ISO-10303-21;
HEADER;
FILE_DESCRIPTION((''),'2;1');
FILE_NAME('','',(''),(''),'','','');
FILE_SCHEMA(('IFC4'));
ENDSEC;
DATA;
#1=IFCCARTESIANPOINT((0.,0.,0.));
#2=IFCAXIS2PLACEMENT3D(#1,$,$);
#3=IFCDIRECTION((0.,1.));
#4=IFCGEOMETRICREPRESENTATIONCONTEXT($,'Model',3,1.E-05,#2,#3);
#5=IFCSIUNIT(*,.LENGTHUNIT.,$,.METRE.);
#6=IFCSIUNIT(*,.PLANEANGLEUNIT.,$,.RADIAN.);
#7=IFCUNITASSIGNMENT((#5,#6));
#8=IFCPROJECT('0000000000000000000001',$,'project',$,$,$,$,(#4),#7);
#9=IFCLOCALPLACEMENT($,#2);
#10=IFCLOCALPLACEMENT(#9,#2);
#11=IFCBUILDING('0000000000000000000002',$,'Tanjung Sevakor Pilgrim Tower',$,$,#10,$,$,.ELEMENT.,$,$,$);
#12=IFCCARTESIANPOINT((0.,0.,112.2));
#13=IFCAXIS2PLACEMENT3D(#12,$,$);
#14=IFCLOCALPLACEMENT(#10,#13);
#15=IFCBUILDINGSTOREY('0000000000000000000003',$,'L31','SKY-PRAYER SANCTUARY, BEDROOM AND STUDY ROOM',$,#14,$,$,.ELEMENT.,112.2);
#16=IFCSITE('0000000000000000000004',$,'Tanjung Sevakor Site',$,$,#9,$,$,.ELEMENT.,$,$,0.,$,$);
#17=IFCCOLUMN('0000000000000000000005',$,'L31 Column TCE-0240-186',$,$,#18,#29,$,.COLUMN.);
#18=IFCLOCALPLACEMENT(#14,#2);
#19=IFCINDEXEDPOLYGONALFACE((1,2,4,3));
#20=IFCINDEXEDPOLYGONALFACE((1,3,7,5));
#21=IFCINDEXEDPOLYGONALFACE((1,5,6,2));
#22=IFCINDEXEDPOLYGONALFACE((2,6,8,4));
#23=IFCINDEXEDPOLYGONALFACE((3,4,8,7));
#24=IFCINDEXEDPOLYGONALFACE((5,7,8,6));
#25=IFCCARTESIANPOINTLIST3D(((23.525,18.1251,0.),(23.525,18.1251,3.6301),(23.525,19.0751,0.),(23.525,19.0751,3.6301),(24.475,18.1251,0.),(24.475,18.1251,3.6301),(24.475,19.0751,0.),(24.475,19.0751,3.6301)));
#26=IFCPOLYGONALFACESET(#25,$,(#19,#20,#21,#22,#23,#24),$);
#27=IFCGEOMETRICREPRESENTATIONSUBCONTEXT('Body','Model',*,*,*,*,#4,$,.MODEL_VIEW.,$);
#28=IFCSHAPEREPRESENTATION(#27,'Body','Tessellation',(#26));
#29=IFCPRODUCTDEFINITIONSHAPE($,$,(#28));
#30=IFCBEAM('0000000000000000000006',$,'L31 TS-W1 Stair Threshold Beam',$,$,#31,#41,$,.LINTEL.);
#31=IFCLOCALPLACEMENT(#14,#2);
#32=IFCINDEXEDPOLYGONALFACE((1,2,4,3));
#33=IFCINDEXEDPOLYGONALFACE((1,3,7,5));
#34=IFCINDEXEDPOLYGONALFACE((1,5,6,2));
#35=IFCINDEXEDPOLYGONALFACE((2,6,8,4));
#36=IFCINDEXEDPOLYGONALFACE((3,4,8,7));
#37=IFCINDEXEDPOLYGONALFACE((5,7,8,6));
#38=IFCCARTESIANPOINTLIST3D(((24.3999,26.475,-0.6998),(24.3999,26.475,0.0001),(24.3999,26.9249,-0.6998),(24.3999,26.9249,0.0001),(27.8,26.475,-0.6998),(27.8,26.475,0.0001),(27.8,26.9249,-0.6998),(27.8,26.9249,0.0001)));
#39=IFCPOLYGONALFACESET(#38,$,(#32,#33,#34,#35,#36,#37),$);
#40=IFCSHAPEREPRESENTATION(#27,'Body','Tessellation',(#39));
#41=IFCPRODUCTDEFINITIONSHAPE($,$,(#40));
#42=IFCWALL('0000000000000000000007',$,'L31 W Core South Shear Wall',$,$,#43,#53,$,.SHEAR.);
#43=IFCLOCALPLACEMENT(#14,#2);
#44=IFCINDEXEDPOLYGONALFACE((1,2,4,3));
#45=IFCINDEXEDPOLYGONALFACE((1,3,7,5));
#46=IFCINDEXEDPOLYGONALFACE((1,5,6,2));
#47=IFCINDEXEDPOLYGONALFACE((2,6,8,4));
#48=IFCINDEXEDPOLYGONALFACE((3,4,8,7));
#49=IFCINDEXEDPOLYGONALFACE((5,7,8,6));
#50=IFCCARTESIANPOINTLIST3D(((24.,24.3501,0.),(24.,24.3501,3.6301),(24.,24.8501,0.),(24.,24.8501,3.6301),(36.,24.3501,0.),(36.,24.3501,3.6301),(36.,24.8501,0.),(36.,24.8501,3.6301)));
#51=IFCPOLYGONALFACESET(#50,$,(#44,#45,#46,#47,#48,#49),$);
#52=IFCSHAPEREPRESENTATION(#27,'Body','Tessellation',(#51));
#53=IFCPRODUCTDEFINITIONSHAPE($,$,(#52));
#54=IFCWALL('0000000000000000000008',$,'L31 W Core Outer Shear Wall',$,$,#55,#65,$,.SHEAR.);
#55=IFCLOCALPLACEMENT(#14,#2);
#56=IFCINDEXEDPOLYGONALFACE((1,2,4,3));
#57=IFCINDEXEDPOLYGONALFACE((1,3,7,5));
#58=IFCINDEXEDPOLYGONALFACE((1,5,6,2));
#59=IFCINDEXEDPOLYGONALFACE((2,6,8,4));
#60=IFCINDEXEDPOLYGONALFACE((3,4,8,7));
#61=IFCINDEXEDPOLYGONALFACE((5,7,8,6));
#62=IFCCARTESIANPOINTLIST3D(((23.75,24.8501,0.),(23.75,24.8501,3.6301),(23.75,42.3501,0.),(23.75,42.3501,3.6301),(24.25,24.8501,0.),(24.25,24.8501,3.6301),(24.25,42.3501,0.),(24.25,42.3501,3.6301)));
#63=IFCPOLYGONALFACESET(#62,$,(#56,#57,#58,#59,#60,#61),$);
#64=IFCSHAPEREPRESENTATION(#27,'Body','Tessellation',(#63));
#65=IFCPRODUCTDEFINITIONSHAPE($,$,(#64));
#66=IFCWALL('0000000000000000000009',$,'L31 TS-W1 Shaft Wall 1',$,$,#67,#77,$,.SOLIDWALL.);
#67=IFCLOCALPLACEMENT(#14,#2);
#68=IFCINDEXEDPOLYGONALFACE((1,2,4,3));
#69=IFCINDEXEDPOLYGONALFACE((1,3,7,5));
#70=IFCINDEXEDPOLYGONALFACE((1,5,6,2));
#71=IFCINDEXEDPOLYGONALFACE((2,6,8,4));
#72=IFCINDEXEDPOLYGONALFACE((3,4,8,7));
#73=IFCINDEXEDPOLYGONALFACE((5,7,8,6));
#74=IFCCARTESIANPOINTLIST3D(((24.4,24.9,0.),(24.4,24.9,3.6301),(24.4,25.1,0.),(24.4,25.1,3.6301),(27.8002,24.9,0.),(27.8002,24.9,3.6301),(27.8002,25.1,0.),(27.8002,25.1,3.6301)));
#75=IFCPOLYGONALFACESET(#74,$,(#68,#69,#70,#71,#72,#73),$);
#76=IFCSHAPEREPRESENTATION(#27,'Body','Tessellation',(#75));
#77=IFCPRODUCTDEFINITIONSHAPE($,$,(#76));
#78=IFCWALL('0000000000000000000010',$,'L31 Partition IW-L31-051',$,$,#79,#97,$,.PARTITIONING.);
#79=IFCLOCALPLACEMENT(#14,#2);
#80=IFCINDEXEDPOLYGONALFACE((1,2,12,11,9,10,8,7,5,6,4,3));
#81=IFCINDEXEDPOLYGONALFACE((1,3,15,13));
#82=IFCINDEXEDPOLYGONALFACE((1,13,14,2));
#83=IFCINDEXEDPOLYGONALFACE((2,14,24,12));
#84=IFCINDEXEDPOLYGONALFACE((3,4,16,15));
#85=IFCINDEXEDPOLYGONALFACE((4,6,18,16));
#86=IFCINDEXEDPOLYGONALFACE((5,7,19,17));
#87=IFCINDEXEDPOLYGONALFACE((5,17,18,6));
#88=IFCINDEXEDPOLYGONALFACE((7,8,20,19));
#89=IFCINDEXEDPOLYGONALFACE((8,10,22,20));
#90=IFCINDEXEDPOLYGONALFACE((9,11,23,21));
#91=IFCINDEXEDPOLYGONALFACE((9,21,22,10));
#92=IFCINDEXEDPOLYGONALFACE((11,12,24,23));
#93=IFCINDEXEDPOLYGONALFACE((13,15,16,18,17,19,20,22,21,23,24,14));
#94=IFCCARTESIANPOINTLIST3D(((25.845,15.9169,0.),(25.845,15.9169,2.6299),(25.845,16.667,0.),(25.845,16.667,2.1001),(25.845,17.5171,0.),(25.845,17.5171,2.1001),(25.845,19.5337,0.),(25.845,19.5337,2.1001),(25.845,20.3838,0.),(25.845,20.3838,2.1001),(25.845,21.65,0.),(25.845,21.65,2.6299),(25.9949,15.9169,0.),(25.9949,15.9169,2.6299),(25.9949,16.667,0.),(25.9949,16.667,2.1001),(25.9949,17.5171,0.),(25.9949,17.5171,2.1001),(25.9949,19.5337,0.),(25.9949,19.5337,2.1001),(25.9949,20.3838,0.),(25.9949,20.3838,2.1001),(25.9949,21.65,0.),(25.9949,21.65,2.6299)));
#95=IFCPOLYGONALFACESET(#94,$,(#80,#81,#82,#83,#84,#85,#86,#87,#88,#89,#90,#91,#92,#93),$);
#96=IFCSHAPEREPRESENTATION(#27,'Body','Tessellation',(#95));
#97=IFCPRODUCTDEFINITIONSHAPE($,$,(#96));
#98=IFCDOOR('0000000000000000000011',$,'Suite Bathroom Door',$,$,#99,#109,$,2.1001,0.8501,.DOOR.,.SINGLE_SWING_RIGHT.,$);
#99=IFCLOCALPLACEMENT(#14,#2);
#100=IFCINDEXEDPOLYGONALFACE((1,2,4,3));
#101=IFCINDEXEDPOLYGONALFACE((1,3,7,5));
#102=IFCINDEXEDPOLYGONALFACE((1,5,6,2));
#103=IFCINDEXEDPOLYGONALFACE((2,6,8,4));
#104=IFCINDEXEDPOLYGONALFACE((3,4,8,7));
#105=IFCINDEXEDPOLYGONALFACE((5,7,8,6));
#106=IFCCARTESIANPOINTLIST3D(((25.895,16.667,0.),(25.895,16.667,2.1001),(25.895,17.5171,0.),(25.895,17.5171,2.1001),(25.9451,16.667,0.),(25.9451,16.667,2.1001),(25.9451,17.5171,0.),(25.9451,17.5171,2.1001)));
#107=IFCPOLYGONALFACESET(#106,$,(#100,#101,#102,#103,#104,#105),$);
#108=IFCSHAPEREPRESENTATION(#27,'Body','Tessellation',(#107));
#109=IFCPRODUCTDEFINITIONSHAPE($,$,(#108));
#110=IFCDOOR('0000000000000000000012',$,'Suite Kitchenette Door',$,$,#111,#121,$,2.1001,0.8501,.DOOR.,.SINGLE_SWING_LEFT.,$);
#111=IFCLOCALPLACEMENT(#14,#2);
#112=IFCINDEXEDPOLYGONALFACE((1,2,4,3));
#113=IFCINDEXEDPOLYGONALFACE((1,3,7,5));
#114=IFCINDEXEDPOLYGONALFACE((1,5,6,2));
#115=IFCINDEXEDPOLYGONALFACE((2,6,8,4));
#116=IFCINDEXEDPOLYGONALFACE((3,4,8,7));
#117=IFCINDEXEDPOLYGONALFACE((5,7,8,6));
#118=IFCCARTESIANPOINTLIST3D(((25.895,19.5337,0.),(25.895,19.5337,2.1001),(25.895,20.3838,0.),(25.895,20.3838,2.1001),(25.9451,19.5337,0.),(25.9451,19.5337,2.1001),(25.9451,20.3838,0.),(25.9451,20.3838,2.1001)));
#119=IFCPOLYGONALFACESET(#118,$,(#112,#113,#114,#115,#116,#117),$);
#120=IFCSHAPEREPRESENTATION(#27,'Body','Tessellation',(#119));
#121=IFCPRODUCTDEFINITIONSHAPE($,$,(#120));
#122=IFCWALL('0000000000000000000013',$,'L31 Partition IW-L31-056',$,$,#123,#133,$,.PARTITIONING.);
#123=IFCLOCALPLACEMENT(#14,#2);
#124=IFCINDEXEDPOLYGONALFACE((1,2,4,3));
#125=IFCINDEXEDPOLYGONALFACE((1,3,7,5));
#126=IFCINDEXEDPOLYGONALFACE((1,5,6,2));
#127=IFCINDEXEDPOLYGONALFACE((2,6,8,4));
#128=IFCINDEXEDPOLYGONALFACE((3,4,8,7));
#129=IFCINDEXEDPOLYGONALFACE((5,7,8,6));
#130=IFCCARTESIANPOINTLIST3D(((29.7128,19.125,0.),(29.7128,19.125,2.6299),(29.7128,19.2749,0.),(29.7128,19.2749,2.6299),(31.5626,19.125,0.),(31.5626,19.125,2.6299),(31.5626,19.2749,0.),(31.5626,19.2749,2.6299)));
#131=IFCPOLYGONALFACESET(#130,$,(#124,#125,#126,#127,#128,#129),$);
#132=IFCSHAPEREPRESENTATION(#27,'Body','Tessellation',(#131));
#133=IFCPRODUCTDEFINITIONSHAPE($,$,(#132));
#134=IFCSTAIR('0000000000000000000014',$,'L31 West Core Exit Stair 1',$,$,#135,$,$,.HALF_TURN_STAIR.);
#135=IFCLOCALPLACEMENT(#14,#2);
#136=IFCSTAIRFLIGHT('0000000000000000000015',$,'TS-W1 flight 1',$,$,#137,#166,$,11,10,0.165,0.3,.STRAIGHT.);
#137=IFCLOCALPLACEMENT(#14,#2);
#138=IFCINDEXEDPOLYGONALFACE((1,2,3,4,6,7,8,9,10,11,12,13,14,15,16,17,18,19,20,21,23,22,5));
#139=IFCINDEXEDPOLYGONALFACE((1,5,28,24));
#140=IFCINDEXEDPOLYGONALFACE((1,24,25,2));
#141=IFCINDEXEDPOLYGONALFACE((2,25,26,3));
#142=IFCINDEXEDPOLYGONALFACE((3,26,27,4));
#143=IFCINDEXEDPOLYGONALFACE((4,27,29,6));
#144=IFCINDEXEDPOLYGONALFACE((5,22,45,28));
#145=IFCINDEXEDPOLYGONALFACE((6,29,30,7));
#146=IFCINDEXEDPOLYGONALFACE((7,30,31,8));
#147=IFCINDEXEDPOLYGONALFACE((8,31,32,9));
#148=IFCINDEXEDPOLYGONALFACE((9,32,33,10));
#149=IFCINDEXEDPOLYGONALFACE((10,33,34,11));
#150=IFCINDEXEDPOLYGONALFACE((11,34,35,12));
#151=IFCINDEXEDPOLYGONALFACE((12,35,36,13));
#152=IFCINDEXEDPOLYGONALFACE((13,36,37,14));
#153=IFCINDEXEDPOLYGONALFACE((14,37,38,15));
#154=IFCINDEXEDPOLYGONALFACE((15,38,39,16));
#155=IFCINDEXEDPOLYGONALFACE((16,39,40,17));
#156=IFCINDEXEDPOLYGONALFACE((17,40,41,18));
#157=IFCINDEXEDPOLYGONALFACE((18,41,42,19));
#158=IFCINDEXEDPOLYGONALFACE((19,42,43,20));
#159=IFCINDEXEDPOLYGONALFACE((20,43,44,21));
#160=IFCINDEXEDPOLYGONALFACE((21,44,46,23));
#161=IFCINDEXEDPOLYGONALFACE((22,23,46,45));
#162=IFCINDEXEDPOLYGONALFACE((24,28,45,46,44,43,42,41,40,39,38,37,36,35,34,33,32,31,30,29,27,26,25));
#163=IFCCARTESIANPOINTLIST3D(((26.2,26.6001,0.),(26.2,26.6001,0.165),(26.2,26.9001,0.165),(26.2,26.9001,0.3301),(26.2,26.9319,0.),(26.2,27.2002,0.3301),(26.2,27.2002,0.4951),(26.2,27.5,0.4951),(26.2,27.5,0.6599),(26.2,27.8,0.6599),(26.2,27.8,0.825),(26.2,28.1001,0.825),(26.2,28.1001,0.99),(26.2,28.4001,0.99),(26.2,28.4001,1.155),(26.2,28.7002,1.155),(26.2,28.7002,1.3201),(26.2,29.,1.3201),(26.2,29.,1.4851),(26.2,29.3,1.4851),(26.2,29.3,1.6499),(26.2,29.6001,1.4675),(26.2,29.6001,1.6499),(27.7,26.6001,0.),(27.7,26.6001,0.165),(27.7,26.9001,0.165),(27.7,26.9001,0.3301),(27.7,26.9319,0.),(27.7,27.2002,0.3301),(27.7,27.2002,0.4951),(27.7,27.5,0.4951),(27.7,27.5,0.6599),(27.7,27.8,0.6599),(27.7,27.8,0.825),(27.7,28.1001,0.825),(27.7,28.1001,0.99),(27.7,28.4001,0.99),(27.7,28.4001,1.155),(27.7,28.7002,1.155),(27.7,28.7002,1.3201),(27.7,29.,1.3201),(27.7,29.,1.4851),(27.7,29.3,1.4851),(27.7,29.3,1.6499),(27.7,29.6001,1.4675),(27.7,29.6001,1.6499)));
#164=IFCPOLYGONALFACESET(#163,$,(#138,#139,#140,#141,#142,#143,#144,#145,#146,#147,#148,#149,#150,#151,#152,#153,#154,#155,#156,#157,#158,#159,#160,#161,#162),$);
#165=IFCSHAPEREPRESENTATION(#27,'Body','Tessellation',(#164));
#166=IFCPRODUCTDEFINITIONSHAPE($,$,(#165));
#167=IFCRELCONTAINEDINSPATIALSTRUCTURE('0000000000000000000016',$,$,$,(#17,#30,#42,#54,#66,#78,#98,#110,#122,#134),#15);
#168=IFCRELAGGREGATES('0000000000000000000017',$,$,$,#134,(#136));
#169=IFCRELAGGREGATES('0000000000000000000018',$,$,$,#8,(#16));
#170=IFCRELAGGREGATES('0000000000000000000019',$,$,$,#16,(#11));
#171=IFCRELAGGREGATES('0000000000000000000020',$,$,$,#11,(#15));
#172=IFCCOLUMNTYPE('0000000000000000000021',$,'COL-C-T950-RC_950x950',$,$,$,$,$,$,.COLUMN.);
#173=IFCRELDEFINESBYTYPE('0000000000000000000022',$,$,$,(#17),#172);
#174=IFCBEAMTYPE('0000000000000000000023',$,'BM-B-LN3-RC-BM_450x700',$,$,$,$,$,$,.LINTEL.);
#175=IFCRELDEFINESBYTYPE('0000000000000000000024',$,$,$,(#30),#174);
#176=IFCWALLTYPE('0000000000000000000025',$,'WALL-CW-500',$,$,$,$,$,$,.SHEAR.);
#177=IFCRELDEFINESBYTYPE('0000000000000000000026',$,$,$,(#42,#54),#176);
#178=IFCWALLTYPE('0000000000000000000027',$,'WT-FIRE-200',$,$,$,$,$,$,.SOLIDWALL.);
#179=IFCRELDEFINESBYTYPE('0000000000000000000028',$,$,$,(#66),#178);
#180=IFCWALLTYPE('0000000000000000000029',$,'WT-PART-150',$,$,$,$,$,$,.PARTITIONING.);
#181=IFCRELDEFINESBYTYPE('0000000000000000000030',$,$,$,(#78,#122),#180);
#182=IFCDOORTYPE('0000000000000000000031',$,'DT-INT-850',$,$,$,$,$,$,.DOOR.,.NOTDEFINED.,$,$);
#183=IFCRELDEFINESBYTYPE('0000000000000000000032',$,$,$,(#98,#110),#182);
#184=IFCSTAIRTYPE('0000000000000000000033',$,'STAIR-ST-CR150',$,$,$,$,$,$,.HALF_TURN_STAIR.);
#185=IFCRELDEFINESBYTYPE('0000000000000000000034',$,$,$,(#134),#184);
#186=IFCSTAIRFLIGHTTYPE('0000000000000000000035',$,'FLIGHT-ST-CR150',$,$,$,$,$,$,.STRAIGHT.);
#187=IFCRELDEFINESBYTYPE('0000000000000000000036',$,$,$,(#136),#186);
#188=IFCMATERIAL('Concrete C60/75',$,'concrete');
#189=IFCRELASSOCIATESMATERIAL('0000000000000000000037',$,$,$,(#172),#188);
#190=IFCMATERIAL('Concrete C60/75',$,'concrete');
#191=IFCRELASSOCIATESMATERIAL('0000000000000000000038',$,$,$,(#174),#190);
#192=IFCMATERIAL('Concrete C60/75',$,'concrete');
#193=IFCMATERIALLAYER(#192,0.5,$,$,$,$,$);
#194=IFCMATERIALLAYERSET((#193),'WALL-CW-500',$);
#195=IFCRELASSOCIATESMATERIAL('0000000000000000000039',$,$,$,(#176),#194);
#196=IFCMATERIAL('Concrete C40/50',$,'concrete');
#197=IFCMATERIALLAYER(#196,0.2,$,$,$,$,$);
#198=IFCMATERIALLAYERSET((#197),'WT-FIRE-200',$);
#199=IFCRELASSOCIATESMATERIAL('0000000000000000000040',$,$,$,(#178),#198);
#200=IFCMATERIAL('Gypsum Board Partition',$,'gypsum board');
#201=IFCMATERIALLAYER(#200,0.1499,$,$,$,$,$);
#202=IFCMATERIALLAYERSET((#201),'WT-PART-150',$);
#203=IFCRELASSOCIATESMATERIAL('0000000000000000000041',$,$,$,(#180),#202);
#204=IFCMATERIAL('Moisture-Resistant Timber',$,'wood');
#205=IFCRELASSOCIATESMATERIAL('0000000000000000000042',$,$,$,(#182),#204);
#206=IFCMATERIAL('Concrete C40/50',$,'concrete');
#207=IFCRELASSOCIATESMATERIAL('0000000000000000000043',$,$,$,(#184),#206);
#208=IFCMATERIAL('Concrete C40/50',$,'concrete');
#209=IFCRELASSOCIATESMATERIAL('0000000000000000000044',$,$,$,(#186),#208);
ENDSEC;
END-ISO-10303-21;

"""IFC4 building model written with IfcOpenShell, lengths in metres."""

from ifc_helpers import new_model, si_unit, direction, frame, frame_2d, origin, origin_2d, place, context, subcontext, project, spatial, polyline, rectangle, outline, extrude, material, layer, layer_set, material_profile, profile_set, type_object, element, fill, aggregate, save


model = new_model("IFC4")

# Units and contexts
model_context = context("Model", 3, precision=1e-05, world=origin(), true_north=direction((0.0, 1.0)))
body_context = subcontext(model_context, "Body", "Model", "MODEL_VIEW")
ifc_project = project(units=[si_unit("LENGTHUNIT", "METRE"), si_unit("PLANEANGLEUNIT", "RADIAN")], contexts=[model_context])

# Site, building, storey
site_placement = place(None, origin())
site = spatial("IfcSite", under=ifc_project, at=site_placement, Name="Tanjung Sevakor Site", CompositionType="ELEMENT", RefElevation=0.0)
building_placement = place(site_placement, origin())
building = spatial("IfcBuilding", under=site, at=building_placement, Name="Tanjung Sevakor Pilgrim Tower", CompositionType="ELEMENT")
storey_placement = place(building_placement, frame((0.0, 0.0, 112.2)))
storey = spatial("IfcBuildingStorey", under=building, at=storey_placement, Name="L31", Description="SKY-PRAYER SANCTUARY, BEDROOM AND STUDY ROOM", CompositionType="ELEMENT", Elevation=112.2)

# Column
ifc_material_1 = material(Name="Concrete C60/75", Category="concrete")
ifc_material_profile_1 = material_profile(ifc_material_1, rectangle(XDim=0.95, YDim=0.95, at=origin_2d()))
ifc_profile_set_1 = profile_set([ifc_material_profile_1], Name="Concrete C60/75")
column_type = type_object("IfcColumnType", Name="COL-C-T950-RC_950x950", PredefinedType="COLUMN", material=ifc_profile_set_1)
column_placement = place(storey_placement, frame((24.0, 18.6001, 0.0), z_axis=(0.0, 0.0, 1.0), x_axis=(1.0, 0.0, 0.0)))
element("IfcColumn", 1, at=column_placement, inside=storey, type_object=column_type, Name="L31 Column TCE-0240-186", PredefinedType="COLUMN", context=body_context, shape_type="SweptSolid", body=[
    extrude(rectangle(XDim=0.95, YDim=0.95, at=origin_2d()), origin(), (0.0, 0.0, 1.0), 3.6301),
])

# Beam
ifc_material_2 = material(Name="Concrete C60/75", Category="concrete")
ifc_material_profile_2 = material_profile(ifc_material_2, rectangle(XDim=0.45, YDim=0.7, at=origin_2d()))
ifc_profile_set_2 = profile_set([ifc_material_profile_2], Name="Concrete C60/75")
beam_type = type_object("IfcBeamType", Name="BM-B-LN3-RC-BM_450x700", PredefinedType="LINTEL", material=ifc_profile_set_2)
beam_placement = place(storey_placement, frame((24.3999, 26.7, -0.3499), z_axis=(1.0, 0.0, 0.0), x_axis=(0.0, 1.0, 0.0)))
element("IfcBeam", 2, at=beam_placement, inside=storey, type_object=beam_type, Name="L31 TS-W1 Stair Threshold Beam", PredefinedType="LINTEL", context=body_context, shape_type="SweptSolid", body=[
    extrude(rectangle(XDim=0.45, YDim=0.7, at=origin_2d()), origin(), (0.0, 0.0, 1.0), 3.4001),
])

# Walls
ifc_material_3 = material(Name="Concrete C60/75", Category="concrete")
ifc_layer_1 = layer(ifc_material_3, 0.5)
ifc_layer_set_1 = layer_set([ifc_layer_1], Name="WALL-CW-500")
wall_type_1 = type_object("IfcWallType", Name="WALL-CW-500", PredefinedType="SHEAR", material=ifc_layer_set_1)
wall_1_placement = place(storey_placement, frame((24.0, 24.6001, 0.0), z_axis=(0.0, 0.0, 1.0), x_axis=(1.0, 0.0, 0.0)))
element("IfcWall", 3, at=wall_1_placement, inside=storey, type_object=wall_type_1, Name="L31 W Core South Shear Wall", PredefinedType="SHEAR", context=body_context, shape_type="SweptSolid", body=[
    extrude(rectangle(XDim=12.0, YDim=0.5, at=frame_2d((6.0, 0.0))), origin(), (0.0, 0.0, 1.0), 3.6301),
])
wall_2_placement = place(storey_placement, frame((24.0, 24.8501, 0.0), z_axis=(0.0, 0.0, 1.0), x_axis=(0.0, 1.0, 0.0)))
element("IfcWall", 4, at=wall_2_placement, inside=storey, type_object=wall_type_1, Name="L31 W Core Outer Shear Wall", PredefinedType="SHEAR", context=body_context, shape_type="SweptSolid", body=[
    extrude(rectangle(XDim=17.5, YDim=0.5, at=frame_2d((8.75, 0.0))), origin(), (0.0, 0.0, 1.0), 3.6301),
])

# Wall
ifc_material_4 = material(Name="Concrete C40/50", Category="concrete")
ifc_layer_2 = layer(ifc_material_4, 0.2)
ifc_layer_set_2 = layer_set([ifc_layer_2], Name="WT-FIRE-200")
wall_type_2 = type_object("IfcWallType", Name="WT-FIRE-200", PredefinedType="SOLIDWALL", material=ifc_layer_set_2)
wall_3_placement = place(storey_placement, frame((24.3999, 25.0, 0.0), z_axis=(0.0, 0.0, 1.0), x_axis=(1.0, 0.0, 0.0)))
element("IfcWall", 5, at=wall_3_placement, inside=storey, type_object=wall_type_2, Name="L31 TS-W1 Shaft Wall 1", PredefinedType="SOLIDWALL", context=body_context, shape_type="SweptSolid", body=[
    extrude(rectangle(XDim=3.4001, YDim=0.2, at=frame_2d((1.7002, 0.0))), origin(), (0.0, 0.0, 1.0), 3.6301),
])

# Wall, openings, doors
ifc_material_5 = material(Name="Gypsum Board Partition", Category="gypsum board")
ifc_layer_3 = layer(ifc_material_5, 0.1499)
ifc_layer_set_3 = layer_set([ifc_layer_3], Name="WT-PART-150")
wall_type_3 = type_object("IfcWallType", Name="WT-PART-150", PredefinedType="PARTITIONING", material=ifc_layer_set_3)
wall_4_placement = place(storey_placement, frame((25.9199, 15.9167, 0.0), z_axis=(0.0, 0.0, 1.0), x_axis=(0.0, 1.0, 0.0)))
wall_4 = element("IfcWall", 6, at=wall_4_placement, inside=storey, type_object=wall_type_3, Name="L31 Partition IW-L31-051", PredefinedType="PARTITIONING", context=body_context, shape_type="SweptSolid", body=[
    extrude(rectangle(XDim=5.7332, YDim=0.1499, at=frame_2d((2.8667, 0.0))), origin(), (0.0, 0.0, 1.0), 2.6299),
])
opening_1_placement = place(wall_4_placement, frame((0.7502, 0.0, 0.0)))
opening_1 = element("IfcOpeningElement", 7, at=opening_1_placement, cuts=wall_4, PredefinedType="OPENING", context=body_context, shape_type="SweptSolid", body=[
    extrude(rectangle(XDim=0.8501, YDim=2.1001, at=frame_2d((0.425, 1.05))), frame((0.0, 0.085, 0.0), z_axis=(0.0, -1.0, 0.0), x_axis=(1.0, 0.0, 0.0)), (0.0, 0.0, 1.0), 0.1699),
])
opening_2_placement = place(wall_4_placement, frame((3.6169, 0.0, 0.0)))
opening_2 = element("IfcOpeningElement", 8, at=opening_2_placement, cuts=wall_4, PredefinedType="OPENING", context=body_context, shape_type="SweptSolid", body=[
    extrude(rectangle(XDim=0.8501, YDim=2.1001, at=frame_2d((0.425, 1.05))), frame((0.0, 0.085, 0.0), z_axis=(0.0, -1.0, 0.0), x_axis=(1.0, 0.0, 0.0)), (0.0, 0.0, 1.0), 0.1699),
])
ifc_material_6 = material(Name="Moisture-Resistant Timber", Category="wood")
door_type_1 = type_object("IfcDoorType", Name="DT-INT-850", OperationType="NOTDEFINED", PredefinedType="DOOR", material=ifc_material_6)
door_1_placement = place(opening_1_placement, origin())
door_1 = element("IfcDoor", 9, at=door_1_placement, inside=storey, type_object=door_type_1, Name="Suite Bathroom Door", OperationType="SINGLE_SWING_RIGHT", OverallHeight=2.1001, OverallWidth=0.8501, PredefinedType="DOOR", context=body_context, shape_type="SweptSolid", body=[
    extrude(rectangle(XDim=0.8501, YDim=2.1001, at=frame_2d((0.425, 1.05))), frame((0.0, 0.0249, 0.0), z_axis=(0.0, -1.0, 0.0), x_axis=(1.0, 0.0, 0.0)), (0.0, 0.0, 1.0), 0.05),
])
fill(opening_1, door_1)
door_2_placement = place(opening_2_placement, origin())
door_2 = element("IfcDoor", 10, at=door_2_placement, inside=storey, type_object=door_type_1, Name="Suite Kitchenette Door", OperationType="SINGLE_SWING_LEFT", OverallHeight=2.1001, OverallWidth=0.8501, PredefinedType="DOOR", context=body_context, shape_type="SweptSolid", body=[
    extrude(rectangle(XDim=0.8501, YDim=2.1001, at=frame_2d((0.425, 1.05))), frame((0.0, 0.0249, 0.0), z_axis=(0.0, -1.0, 0.0), x_axis=(1.0, 0.0, 0.0)), (0.0, 0.0, 1.0), 0.05),
])
fill(opening_2, door_2)

# Wall
wall_5_placement = place(storey_placement, frame((29.7129, 19.2, 0.0), z_axis=(0.0, 0.0, 1.0), x_axis=(1.0, 0.0, 0.0)))
element("IfcWall", 11, at=wall_5_placement, inside=storey, type_object=wall_type_3, Name="L31 Partition IW-L31-056", PredefinedType="PARTITIONING", context=body_context, shape_type="SweptSolid", body=[
    extrude(rectangle(XDim=1.8499, YDim=0.1499, at=frame_2d((0.9248, 0.0))), origin(), (0.0, 0.0, 1.0), 2.6299),
])

# Stair, stair flight
ifc_material_7 = material(Name="Concrete C40/50", Category="concrete")
stair_type = type_object("IfcStairType", Name="STAIR-ST-CR150", PredefinedType="HALF_TURN_STAIR", material=ifc_material_7)
stair_placement = place(storey_placement, origin())
stair = element("IfcStair", 12, at=stair_placement, inside=storey, type_object=stair_type, Name="L31 West Core Exit Stair 1", PredefinedType="HALF_TURN_STAIR")
ifc_material_8 = material(Name="Concrete C40/50", Category="concrete")
stair_flight_type = type_object("IfcStairFlightType", Name="FLIGHT-ST-CR150", PredefinedType="STRAIGHT", material=ifc_material_8)
stair_flight_1_placement = place(storey_placement, frame((26.95, 26.6001, 0.0), z_axis=(0.0, 0.0, 1.0), x_axis=(0.0, 1.0, 0.0)))
stair_flight_1 = element("IfcStairFlight", 13, at=stair_flight_1_placement, type_object=stair_flight_type, Name="TS-W1 flight 1", NumberOfRisers=11, NumberOfTreads=10, PredefinedType="STRAIGHT", RiserHeight=0.165, TreadLength=0.3, context=body_context, shape_type="SweptSolid", body=[
    extrude(outline(polyline([(0.0, 0.0), (0.0, 0.165), (0.3, 0.165), (0.3, 0.3301), (0.6001, 0.3301), (0.6001, 0.4951), (0.8999, 0.4951), (0.8999, 0.6599), (1.2, 0.6599), (1.2, 0.825), (1.5, 0.825), (1.5, 0.99), (1.8, 0.99), (1.8, 1.155), (2.1001, 1.155), (2.1001, 1.3201), (2.3999, 1.3201), (2.3999, 1.4851), (2.7, 1.4851), (2.7, 1.6499), (3.0, 1.6499), (3.0, 1.8149), (3.0, 1.4675), (0.3318, 0.0), (0.0, 0.0)])), frame((0.0, 0.75, 0.0), z_axis=(0.0, -1.0, 0.0), x_axis=(1.0, 0.0, 0.0)), (0.0, 0.0, 1.0), 1.5),
])
aggregate(stair, [stair_flight_1])

save(model, "model.ifc")
